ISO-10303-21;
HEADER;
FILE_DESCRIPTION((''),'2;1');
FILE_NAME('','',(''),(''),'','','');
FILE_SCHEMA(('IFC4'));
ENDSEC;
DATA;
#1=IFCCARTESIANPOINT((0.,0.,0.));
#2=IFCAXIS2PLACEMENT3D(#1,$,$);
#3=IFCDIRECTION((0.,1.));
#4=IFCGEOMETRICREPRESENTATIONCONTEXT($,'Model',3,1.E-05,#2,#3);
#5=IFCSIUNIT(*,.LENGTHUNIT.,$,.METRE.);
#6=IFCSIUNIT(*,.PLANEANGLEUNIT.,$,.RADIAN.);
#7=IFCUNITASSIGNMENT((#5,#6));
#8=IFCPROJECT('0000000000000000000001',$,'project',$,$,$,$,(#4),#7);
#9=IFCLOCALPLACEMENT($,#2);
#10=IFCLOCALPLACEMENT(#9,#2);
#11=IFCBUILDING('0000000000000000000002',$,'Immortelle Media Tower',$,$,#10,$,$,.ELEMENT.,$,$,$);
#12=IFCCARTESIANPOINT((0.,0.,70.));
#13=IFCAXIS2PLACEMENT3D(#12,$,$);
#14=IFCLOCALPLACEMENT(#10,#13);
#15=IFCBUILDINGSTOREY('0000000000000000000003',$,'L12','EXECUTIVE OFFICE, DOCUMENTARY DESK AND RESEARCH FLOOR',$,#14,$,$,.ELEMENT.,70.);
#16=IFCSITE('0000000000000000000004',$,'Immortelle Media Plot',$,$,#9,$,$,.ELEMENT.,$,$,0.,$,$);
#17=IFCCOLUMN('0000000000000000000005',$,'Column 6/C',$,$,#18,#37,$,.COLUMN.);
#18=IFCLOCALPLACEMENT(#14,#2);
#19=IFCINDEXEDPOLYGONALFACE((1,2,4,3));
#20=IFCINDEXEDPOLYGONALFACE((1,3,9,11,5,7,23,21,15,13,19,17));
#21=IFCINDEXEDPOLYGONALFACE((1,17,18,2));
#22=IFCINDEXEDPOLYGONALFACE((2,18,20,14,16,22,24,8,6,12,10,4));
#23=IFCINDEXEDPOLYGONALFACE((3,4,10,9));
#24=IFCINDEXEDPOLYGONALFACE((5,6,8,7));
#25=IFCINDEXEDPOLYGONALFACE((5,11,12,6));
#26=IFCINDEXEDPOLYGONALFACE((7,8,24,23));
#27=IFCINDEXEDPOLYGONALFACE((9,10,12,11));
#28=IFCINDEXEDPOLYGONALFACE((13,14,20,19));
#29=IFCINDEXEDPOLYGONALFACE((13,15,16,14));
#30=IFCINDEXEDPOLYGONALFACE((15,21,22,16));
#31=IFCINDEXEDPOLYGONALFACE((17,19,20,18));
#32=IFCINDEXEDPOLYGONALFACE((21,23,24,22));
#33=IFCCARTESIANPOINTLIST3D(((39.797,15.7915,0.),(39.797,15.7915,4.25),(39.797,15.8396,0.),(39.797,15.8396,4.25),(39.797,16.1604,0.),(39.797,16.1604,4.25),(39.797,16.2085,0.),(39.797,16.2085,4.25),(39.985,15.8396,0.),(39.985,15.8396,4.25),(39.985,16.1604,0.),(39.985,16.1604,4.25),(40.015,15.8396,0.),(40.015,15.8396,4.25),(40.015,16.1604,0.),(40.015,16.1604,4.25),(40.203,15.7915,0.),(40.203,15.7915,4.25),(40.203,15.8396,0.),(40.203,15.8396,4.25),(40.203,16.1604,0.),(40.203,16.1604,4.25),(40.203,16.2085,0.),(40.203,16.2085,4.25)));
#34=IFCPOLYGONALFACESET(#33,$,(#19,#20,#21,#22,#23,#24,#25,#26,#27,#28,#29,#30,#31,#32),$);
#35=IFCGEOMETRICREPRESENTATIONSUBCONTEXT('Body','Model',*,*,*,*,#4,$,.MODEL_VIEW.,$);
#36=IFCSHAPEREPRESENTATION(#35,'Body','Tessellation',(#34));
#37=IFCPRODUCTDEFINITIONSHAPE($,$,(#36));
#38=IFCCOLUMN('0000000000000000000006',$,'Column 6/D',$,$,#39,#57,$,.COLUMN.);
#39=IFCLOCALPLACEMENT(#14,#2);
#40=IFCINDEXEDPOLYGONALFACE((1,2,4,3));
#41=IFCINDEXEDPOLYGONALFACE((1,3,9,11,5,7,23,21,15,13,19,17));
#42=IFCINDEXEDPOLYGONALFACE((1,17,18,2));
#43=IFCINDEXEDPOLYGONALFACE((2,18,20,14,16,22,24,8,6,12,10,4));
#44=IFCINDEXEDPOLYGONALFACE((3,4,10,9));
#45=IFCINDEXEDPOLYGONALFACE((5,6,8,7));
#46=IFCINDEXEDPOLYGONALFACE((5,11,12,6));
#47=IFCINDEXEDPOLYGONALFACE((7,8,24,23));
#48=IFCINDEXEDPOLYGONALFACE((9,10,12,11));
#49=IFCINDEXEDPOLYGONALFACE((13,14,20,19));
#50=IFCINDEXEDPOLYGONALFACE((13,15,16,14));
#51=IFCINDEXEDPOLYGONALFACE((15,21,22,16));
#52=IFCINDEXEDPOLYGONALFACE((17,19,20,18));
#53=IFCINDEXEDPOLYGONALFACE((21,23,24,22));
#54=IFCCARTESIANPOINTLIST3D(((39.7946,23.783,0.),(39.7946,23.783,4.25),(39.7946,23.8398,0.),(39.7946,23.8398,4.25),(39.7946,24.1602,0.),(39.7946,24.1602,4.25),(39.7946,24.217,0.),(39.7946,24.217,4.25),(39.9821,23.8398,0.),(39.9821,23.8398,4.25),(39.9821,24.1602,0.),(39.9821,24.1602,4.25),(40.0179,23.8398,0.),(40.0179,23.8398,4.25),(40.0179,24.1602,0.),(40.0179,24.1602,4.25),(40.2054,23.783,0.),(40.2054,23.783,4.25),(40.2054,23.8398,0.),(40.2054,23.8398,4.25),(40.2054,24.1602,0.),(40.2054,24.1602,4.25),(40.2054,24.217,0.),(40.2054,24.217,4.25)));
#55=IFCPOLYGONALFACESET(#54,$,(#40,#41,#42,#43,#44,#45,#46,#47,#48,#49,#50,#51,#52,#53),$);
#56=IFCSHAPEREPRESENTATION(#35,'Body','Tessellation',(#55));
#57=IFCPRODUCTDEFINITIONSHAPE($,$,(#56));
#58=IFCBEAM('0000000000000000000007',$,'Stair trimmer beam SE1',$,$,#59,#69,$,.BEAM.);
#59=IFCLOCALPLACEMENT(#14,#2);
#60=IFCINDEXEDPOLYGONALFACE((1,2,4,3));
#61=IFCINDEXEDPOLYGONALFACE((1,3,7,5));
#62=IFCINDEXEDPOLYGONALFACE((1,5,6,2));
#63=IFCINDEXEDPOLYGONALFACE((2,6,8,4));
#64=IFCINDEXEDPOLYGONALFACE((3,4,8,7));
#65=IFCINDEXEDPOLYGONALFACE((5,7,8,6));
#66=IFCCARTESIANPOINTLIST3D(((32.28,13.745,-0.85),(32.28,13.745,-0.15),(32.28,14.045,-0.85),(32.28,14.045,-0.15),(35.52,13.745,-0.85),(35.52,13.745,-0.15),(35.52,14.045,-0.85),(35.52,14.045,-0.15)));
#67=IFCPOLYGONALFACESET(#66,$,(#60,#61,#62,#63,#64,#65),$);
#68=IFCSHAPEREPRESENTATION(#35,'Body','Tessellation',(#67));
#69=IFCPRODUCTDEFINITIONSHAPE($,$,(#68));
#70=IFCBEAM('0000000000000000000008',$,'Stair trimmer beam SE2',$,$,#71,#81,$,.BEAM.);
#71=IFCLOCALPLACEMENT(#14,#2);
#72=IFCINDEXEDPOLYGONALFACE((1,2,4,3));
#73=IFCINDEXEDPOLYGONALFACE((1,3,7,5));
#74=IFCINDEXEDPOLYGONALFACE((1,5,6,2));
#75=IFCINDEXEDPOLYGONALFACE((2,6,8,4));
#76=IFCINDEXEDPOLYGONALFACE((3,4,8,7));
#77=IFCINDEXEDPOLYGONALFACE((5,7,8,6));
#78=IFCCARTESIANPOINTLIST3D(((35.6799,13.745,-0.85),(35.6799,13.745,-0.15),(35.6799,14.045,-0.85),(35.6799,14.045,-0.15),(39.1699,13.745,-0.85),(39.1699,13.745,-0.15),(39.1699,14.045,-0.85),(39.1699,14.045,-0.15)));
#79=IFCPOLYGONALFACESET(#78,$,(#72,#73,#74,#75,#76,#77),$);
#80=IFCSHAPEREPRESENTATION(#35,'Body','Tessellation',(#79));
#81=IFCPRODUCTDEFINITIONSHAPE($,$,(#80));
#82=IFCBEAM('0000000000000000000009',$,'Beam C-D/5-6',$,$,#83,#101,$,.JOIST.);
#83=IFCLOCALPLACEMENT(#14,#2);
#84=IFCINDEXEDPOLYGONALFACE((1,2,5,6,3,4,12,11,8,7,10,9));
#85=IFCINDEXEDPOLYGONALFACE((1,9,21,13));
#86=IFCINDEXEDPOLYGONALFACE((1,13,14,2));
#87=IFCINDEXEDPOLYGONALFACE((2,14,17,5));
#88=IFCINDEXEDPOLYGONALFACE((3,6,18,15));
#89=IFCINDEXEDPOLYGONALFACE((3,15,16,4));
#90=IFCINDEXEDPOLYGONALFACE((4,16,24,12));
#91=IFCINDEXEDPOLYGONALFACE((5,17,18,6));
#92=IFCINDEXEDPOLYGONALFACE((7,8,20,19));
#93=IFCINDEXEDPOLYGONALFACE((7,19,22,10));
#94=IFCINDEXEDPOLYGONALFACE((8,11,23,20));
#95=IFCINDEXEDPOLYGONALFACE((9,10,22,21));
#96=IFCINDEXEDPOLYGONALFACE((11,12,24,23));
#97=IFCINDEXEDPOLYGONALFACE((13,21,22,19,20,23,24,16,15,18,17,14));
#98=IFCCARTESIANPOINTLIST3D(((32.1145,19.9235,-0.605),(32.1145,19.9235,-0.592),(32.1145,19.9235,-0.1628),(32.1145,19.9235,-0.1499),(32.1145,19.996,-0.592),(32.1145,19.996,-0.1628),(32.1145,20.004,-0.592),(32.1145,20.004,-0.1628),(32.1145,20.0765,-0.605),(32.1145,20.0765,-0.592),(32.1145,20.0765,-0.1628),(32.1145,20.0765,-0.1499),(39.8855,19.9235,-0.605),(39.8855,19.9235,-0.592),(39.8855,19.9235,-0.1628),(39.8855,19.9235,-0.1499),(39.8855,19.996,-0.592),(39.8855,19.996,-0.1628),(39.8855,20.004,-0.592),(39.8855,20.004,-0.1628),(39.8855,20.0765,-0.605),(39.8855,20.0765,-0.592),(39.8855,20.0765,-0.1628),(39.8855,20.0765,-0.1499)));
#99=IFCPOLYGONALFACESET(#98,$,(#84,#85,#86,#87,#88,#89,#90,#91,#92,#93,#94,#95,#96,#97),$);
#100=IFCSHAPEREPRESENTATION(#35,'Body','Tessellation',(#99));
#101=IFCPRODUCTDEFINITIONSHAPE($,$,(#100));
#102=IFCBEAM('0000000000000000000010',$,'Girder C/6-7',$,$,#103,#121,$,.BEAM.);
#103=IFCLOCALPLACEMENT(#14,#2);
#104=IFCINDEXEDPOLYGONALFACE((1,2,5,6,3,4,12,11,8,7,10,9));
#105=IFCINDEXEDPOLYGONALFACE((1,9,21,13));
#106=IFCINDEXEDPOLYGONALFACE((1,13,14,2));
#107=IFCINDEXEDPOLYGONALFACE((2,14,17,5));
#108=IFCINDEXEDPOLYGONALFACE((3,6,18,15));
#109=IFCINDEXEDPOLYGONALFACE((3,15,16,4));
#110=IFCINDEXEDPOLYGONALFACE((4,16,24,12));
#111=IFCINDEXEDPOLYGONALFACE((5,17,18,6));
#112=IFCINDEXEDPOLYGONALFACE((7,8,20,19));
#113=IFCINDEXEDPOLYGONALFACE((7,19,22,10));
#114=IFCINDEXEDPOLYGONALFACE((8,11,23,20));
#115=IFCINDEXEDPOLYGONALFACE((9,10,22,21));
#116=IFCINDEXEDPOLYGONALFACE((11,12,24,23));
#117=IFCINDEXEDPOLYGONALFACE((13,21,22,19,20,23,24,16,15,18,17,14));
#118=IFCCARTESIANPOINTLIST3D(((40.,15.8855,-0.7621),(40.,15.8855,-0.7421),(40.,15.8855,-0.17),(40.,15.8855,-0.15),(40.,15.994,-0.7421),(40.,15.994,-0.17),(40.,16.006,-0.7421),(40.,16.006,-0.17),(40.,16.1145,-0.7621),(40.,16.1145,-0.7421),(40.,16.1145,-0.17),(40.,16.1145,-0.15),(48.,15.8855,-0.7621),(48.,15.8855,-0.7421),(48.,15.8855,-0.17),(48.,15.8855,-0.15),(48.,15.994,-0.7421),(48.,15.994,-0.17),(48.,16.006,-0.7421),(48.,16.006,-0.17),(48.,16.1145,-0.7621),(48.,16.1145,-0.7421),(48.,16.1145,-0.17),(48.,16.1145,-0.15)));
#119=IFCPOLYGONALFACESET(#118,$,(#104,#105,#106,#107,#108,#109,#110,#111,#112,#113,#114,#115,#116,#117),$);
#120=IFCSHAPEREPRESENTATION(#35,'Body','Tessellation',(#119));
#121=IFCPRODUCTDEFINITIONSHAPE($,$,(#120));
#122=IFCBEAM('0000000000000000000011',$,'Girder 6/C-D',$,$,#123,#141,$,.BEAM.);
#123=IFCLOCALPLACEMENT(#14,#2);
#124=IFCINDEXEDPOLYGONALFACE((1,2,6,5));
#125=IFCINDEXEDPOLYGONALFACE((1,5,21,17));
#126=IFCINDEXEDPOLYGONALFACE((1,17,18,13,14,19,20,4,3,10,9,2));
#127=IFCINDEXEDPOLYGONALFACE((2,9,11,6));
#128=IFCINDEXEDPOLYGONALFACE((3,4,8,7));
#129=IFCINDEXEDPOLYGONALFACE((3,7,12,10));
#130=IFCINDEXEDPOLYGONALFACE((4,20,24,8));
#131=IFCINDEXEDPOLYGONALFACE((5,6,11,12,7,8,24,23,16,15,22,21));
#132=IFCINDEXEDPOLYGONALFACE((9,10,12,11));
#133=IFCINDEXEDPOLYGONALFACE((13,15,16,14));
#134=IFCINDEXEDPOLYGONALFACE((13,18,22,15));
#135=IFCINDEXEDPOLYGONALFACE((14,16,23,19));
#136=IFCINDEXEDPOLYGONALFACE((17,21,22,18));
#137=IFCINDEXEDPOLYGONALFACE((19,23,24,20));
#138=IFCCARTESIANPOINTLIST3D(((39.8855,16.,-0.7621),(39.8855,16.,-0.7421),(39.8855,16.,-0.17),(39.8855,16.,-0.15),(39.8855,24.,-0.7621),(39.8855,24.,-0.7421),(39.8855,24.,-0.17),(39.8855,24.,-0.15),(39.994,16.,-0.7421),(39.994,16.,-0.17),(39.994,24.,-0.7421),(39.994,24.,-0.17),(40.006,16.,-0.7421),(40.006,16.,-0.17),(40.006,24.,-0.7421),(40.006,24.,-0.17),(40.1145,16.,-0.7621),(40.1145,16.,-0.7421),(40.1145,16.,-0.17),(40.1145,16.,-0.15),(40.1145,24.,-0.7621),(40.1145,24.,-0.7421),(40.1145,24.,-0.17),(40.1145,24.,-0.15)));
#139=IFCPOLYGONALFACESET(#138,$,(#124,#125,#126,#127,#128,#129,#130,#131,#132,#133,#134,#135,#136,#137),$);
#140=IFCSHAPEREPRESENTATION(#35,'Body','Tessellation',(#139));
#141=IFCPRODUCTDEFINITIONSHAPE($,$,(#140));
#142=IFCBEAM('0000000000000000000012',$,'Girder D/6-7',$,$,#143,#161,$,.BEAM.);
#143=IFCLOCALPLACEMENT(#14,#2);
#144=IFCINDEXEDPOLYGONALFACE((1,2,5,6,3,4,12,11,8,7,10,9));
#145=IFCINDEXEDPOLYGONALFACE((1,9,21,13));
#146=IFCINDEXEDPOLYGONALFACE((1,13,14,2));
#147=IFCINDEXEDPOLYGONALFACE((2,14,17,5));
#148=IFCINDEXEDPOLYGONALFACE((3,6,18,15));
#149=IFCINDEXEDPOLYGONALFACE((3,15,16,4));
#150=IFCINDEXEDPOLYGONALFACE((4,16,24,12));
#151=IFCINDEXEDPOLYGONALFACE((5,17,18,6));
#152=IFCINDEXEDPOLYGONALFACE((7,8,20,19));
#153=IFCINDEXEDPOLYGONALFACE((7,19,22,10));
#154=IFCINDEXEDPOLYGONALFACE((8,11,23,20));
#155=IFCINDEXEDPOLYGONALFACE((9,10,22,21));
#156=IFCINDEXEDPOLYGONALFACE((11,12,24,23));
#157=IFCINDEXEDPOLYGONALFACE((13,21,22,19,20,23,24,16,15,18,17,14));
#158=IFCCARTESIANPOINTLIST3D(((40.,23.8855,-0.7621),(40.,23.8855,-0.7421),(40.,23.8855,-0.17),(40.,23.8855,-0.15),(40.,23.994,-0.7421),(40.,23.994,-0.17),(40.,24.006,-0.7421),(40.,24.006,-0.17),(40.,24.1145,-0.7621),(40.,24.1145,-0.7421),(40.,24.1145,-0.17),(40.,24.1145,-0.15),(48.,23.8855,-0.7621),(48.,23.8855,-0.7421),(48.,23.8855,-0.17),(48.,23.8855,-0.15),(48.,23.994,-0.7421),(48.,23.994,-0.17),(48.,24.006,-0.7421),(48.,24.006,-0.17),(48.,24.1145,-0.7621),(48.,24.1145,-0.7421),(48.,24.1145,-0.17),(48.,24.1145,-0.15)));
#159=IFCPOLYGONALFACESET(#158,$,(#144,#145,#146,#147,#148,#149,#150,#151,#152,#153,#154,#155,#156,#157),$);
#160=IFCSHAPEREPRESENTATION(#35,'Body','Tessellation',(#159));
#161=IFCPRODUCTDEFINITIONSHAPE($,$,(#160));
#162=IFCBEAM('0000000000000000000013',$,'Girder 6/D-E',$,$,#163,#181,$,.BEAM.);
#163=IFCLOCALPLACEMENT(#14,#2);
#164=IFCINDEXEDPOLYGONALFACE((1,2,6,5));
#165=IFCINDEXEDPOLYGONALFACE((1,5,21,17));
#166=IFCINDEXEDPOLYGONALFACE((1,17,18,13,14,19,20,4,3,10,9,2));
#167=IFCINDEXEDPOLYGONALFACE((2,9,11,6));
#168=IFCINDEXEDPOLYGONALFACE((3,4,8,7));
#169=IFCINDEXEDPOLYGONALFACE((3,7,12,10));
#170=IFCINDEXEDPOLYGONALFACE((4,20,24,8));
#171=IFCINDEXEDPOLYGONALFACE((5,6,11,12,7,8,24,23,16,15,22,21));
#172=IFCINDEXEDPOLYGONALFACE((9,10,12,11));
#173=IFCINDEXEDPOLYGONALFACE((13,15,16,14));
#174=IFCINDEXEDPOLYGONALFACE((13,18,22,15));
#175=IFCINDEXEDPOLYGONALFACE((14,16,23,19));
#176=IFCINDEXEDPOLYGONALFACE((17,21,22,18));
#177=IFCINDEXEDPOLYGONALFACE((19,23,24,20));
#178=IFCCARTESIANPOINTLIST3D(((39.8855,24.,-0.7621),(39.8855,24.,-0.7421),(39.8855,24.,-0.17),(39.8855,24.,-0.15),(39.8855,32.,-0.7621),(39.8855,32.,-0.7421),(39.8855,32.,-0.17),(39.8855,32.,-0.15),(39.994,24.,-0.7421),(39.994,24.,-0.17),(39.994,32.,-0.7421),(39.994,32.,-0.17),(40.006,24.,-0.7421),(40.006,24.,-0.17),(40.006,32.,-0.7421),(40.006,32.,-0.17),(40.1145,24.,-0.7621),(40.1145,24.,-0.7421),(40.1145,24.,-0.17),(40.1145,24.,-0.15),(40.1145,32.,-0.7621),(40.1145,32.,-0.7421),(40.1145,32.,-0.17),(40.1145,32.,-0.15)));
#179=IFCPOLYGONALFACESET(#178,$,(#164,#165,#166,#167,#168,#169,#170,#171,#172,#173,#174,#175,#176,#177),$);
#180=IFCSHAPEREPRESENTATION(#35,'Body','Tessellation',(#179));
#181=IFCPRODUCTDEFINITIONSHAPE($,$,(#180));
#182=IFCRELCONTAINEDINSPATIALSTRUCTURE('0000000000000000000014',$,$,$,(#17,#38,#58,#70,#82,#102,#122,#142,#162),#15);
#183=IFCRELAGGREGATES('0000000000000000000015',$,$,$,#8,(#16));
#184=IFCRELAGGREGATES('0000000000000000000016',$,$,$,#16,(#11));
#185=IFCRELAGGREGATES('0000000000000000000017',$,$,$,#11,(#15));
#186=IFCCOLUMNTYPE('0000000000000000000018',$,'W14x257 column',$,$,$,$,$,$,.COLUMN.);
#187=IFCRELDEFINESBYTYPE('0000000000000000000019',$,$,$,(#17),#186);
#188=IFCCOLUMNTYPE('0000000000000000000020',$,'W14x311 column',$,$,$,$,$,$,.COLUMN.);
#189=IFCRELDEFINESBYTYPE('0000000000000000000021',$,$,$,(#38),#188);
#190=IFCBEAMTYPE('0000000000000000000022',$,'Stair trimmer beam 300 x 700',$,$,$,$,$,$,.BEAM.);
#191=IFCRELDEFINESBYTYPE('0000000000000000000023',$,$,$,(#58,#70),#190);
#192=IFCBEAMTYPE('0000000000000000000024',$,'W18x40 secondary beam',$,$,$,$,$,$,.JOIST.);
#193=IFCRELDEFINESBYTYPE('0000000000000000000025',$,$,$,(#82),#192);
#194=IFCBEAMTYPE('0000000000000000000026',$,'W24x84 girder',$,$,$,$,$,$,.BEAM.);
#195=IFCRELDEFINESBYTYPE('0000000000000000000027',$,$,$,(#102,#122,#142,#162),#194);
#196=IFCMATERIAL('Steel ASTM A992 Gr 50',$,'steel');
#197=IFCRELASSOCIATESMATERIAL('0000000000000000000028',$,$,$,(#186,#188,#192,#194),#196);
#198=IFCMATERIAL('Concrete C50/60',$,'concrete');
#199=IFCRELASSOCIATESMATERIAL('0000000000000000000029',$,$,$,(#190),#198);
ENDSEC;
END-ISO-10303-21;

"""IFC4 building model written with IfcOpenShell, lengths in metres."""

from ifc_helpers import new_model, si_unit, direction, frame, origin, origin_2d, place, context, subcontext, project, spatial, rectangle, i_section, extrude, material, material_profile, profile_set, type_object, element, save


model = new_model("IFC4")

# Units and contexts
model_context = context("Model", 3, precision=1e-05, world=origin(), true_north=direction((0.0, 1.0)))
body_context = subcontext(model_context, "Body", "Model", "MODEL_VIEW")
ifc_project = project(units=[si_unit("LENGTHUNIT", "METRE"), si_unit("PLANEANGLEUNIT", "RADIAN")], contexts=[model_context])

# Site, building, storey
site_placement = place(None, origin())
site = spatial("IfcSite", under=ifc_project, at=site_placement, Name="Immortelle Media Plot", CompositionType="ELEMENT", RefElevation=0.0)
building_placement = place(site_placement, origin())
building = spatial("IfcBuilding", under=site, at=building_placement, Name="Immortelle Media Tower", CompositionType="ELEMENT")
storey_placement = place(building_placement, frame((0.0, 0.0, 70.0)))
storey = spatial("IfcBuildingStorey", under=building, at=storey_placement, Name="L12", Description="EXECUTIVE OFFICE, DOCUMENTARY DESK AND RESEARCH FLOOR", CompositionType="ELEMENT", Elevation=70.0)

# Columns
ifc_material_1 = material(Name="Steel ASTM A992 Gr 50", Category="steel")
ifc_material_profile_1 = material_profile(ifc_material_1, i_section(OverallWidth=0.406, OverallDepth=0.417, WebThickness=0.03, FlangeThickness=0.0481, at=origin_2d()), Name="W14x257")
ifc_profile_set_1 = profile_set([ifc_material_profile_1], Name="Steel ASTM A992 Gr 50")
column_type_1 = type_object("IfcColumnType", Name="W14x257 column", PredefinedType="COLUMN", material=ifc_profile_set_1)
column_1_placement = place(storey_placement, frame((40.0, 16.0, 0.0), z_axis=(0.0, 0.0, 1.0), x_axis=(1.0, 0.0, 0.0)))
element("IfcColumn", 1, at=column_1_placement, inside=storey, type_object=column_type_1, Name="Column 6/C", PredefinedType="COLUMN", context=body_context, shape_type="SweptSolid", body=[
    extrude(i_section(OverallWidth=0.406, OverallDepth=0.417, WebThickness=0.03, FlangeThickness=0.0481, at=origin_2d()), origin(), (0.0, 0.0, 1.0), 4.25),
])
ifc_material_profile_2 = material_profile(ifc_material_1, i_section(OverallWidth=0.4109, OverallDepth=0.4341, WebThickness=0.0359, FlangeThickness=0.0569, at=origin_2d()), Name="W14x311")
ifc_profile_set_2 = profile_set([ifc_material_profile_2], Name="Steel ASTM A992 Gr 50")
column_type_2 = type_object("IfcColumnType", Name="W14x311 column", PredefinedType="COLUMN", material=ifc_profile_set_2)
column_2_placement = place(storey_placement, frame((40.0, 24.0, 0.0), z_axis=(0.0, 0.0, 1.0), x_axis=(1.0, 0.0, 0.0)))
element("IfcColumn", 2, at=column_2_placement, inside=storey, type_object=column_type_2, Name="Column 6/D", PredefinedType="COLUMN", context=body_context, shape_type="SweptSolid", body=[
    extrude(i_section(OverallWidth=0.4109, OverallDepth=0.4341, WebThickness=0.0359, FlangeThickness=0.0569, at=origin_2d()), origin(), (0.0, 0.0, 1.0), 4.25),
])

# Beams
ifc_material_2 = material(Name="Concrete C50/60", Category="concrete")
ifc_material_profile_3 = material_profile(ifc_material_2, rectangle(XDim=0.3, YDim=0.7, at=origin_2d()), Name="RC 300x700")
ifc_profile_set_3 = profile_set([ifc_material_profile_3], Name="Concrete C50/60")
beam_type_1 = type_object("IfcBeamType", Name="Stair trimmer beam 300 x 700", PredefinedType="BEAM", material=ifc_profile_set_3)
beam_1_placement = place(storey_placement, frame((32.28, 13.895, -0.5), z_axis=(1.0, 0.0, 0.0), x_axis=(0.0, 1.0, 0.0)))
element("IfcBeam", 3, at=beam_1_placement, inside=storey, type_object=beam_type_1, Name="Stair trimmer beam SE1", PredefinedType="BEAM", context=body_context, shape_type="SweptSolid", body=[
    extrude(rectangle(XDim=0.3, YDim=0.7, at=origin_2d()), origin(), (0.0, 0.0, 1.0), 3.24),
])
beam_2_placement = place(storey_placement, frame((35.6799, 13.895, -0.5), z_axis=(1.0, 0.0, 0.0), x_axis=(0.0, 1.0, 0.0)))
element("IfcBeam", 4, at=beam_2_placement, inside=storey, type_object=beam_type_1, Name="Stair trimmer beam SE2", PredefinedType="BEAM", context=body_context, shape_type="SweptSolid", body=[
    extrude(rectangle(XDim=0.3, YDim=0.7, at=origin_2d()), origin(), (0.0, 0.0, 1.0), 3.49),
])
ifc_material_profile_4 = material_profile(ifc_material_1, i_section(OverallWidth=0.1531, OverallDepth=0.4551, WebThickness=0.0081, FlangeThickness=0.0129, at=origin_2d()), Name="W18x40")
ifc_profile_set_4 = profile_set([ifc_material_profile_4], Name="Steel ASTM A992 Gr 50")
beam_type_2 = type_object("IfcBeamType", Name="W18x40 secondary beam", PredefinedType="JOIST", material=ifc_profile_set_4)
beam_3_placement = place(storey_placement, frame((32.1145, 20.0, -0.3774), z_axis=(1.0, 0.0, 0.0), x_axis=(0.0, 1.0, 0.0)))
element("IfcBeam", 5, at=beam_3_placement, inside=storey, type_object=beam_type_2, Name="Beam C-D/5-6", PredefinedType="JOIST", context=body_context, shape_type="SweptSolid", body=[
    extrude(i_section(OverallWidth=0.1531, OverallDepth=0.4551, WebThickness=0.0081, FlangeThickness=0.0129, at=origin_2d()), origin(), (0.0, 0.0, 1.0), 7.771),
])
ifc_material_profile_5 = material_profile(ifc_material_1, i_section(OverallWidth=0.229, OverallDepth=0.6121, WebThickness=0.012, FlangeThickness=0.02, at=origin_2d()), Name="W24x84")
ifc_profile_set_5 = profile_set([ifc_material_profile_5], Name="Steel ASTM A992 Gr 50")
beam_type_3 = type_object("IfcBeamType", Name="W24x84 girder", PredefinedType="BEAM", material=ifc_profile_set_5)
for number, where, z_axis, x_axis, name in (
    (6, (40.0, 16.0, -0.4561), (1.0, 0.0, 0.0), (0.0, 1.0, 0.0), "Girder C/6-7"),
    (7, (40.0, 16.0, -0.4561), (0.0, 1.0, 0.0), (-1.0, 0.0, 0.0), "Girder 6/C-D"),
    (8, (40.0, 24.0, -0.4561), (1.0, 0.0, 0.0), (0.0, 1.0, 0.0), "Girder D/6-7"),
    (9, (40.0, 24.0, -0.4561), (0.0, 1.0, 0.0), (-1.0, 0.0, 0.0), "Girder 6/D-E"),
):
    element("IfcBeam", number, at=place(storey_placement, frame(where, z_axis=z_axis, x_axis=x_axis)), inside=storey, type_object=beam_type_3, Name=name, PredefinedType="BEAM", context=body_context, shape_type="SweptSolid", body=[
        extrude(i_section(OverallWidth=0.229, OverallDepth=0.6121, WebThickness=0.012, FlangeThickness=0.02, at=origin_2d()), origin(), (0.0, 0.0, 1.0), 8.0),
    ])

save(model, "model.ifc")
